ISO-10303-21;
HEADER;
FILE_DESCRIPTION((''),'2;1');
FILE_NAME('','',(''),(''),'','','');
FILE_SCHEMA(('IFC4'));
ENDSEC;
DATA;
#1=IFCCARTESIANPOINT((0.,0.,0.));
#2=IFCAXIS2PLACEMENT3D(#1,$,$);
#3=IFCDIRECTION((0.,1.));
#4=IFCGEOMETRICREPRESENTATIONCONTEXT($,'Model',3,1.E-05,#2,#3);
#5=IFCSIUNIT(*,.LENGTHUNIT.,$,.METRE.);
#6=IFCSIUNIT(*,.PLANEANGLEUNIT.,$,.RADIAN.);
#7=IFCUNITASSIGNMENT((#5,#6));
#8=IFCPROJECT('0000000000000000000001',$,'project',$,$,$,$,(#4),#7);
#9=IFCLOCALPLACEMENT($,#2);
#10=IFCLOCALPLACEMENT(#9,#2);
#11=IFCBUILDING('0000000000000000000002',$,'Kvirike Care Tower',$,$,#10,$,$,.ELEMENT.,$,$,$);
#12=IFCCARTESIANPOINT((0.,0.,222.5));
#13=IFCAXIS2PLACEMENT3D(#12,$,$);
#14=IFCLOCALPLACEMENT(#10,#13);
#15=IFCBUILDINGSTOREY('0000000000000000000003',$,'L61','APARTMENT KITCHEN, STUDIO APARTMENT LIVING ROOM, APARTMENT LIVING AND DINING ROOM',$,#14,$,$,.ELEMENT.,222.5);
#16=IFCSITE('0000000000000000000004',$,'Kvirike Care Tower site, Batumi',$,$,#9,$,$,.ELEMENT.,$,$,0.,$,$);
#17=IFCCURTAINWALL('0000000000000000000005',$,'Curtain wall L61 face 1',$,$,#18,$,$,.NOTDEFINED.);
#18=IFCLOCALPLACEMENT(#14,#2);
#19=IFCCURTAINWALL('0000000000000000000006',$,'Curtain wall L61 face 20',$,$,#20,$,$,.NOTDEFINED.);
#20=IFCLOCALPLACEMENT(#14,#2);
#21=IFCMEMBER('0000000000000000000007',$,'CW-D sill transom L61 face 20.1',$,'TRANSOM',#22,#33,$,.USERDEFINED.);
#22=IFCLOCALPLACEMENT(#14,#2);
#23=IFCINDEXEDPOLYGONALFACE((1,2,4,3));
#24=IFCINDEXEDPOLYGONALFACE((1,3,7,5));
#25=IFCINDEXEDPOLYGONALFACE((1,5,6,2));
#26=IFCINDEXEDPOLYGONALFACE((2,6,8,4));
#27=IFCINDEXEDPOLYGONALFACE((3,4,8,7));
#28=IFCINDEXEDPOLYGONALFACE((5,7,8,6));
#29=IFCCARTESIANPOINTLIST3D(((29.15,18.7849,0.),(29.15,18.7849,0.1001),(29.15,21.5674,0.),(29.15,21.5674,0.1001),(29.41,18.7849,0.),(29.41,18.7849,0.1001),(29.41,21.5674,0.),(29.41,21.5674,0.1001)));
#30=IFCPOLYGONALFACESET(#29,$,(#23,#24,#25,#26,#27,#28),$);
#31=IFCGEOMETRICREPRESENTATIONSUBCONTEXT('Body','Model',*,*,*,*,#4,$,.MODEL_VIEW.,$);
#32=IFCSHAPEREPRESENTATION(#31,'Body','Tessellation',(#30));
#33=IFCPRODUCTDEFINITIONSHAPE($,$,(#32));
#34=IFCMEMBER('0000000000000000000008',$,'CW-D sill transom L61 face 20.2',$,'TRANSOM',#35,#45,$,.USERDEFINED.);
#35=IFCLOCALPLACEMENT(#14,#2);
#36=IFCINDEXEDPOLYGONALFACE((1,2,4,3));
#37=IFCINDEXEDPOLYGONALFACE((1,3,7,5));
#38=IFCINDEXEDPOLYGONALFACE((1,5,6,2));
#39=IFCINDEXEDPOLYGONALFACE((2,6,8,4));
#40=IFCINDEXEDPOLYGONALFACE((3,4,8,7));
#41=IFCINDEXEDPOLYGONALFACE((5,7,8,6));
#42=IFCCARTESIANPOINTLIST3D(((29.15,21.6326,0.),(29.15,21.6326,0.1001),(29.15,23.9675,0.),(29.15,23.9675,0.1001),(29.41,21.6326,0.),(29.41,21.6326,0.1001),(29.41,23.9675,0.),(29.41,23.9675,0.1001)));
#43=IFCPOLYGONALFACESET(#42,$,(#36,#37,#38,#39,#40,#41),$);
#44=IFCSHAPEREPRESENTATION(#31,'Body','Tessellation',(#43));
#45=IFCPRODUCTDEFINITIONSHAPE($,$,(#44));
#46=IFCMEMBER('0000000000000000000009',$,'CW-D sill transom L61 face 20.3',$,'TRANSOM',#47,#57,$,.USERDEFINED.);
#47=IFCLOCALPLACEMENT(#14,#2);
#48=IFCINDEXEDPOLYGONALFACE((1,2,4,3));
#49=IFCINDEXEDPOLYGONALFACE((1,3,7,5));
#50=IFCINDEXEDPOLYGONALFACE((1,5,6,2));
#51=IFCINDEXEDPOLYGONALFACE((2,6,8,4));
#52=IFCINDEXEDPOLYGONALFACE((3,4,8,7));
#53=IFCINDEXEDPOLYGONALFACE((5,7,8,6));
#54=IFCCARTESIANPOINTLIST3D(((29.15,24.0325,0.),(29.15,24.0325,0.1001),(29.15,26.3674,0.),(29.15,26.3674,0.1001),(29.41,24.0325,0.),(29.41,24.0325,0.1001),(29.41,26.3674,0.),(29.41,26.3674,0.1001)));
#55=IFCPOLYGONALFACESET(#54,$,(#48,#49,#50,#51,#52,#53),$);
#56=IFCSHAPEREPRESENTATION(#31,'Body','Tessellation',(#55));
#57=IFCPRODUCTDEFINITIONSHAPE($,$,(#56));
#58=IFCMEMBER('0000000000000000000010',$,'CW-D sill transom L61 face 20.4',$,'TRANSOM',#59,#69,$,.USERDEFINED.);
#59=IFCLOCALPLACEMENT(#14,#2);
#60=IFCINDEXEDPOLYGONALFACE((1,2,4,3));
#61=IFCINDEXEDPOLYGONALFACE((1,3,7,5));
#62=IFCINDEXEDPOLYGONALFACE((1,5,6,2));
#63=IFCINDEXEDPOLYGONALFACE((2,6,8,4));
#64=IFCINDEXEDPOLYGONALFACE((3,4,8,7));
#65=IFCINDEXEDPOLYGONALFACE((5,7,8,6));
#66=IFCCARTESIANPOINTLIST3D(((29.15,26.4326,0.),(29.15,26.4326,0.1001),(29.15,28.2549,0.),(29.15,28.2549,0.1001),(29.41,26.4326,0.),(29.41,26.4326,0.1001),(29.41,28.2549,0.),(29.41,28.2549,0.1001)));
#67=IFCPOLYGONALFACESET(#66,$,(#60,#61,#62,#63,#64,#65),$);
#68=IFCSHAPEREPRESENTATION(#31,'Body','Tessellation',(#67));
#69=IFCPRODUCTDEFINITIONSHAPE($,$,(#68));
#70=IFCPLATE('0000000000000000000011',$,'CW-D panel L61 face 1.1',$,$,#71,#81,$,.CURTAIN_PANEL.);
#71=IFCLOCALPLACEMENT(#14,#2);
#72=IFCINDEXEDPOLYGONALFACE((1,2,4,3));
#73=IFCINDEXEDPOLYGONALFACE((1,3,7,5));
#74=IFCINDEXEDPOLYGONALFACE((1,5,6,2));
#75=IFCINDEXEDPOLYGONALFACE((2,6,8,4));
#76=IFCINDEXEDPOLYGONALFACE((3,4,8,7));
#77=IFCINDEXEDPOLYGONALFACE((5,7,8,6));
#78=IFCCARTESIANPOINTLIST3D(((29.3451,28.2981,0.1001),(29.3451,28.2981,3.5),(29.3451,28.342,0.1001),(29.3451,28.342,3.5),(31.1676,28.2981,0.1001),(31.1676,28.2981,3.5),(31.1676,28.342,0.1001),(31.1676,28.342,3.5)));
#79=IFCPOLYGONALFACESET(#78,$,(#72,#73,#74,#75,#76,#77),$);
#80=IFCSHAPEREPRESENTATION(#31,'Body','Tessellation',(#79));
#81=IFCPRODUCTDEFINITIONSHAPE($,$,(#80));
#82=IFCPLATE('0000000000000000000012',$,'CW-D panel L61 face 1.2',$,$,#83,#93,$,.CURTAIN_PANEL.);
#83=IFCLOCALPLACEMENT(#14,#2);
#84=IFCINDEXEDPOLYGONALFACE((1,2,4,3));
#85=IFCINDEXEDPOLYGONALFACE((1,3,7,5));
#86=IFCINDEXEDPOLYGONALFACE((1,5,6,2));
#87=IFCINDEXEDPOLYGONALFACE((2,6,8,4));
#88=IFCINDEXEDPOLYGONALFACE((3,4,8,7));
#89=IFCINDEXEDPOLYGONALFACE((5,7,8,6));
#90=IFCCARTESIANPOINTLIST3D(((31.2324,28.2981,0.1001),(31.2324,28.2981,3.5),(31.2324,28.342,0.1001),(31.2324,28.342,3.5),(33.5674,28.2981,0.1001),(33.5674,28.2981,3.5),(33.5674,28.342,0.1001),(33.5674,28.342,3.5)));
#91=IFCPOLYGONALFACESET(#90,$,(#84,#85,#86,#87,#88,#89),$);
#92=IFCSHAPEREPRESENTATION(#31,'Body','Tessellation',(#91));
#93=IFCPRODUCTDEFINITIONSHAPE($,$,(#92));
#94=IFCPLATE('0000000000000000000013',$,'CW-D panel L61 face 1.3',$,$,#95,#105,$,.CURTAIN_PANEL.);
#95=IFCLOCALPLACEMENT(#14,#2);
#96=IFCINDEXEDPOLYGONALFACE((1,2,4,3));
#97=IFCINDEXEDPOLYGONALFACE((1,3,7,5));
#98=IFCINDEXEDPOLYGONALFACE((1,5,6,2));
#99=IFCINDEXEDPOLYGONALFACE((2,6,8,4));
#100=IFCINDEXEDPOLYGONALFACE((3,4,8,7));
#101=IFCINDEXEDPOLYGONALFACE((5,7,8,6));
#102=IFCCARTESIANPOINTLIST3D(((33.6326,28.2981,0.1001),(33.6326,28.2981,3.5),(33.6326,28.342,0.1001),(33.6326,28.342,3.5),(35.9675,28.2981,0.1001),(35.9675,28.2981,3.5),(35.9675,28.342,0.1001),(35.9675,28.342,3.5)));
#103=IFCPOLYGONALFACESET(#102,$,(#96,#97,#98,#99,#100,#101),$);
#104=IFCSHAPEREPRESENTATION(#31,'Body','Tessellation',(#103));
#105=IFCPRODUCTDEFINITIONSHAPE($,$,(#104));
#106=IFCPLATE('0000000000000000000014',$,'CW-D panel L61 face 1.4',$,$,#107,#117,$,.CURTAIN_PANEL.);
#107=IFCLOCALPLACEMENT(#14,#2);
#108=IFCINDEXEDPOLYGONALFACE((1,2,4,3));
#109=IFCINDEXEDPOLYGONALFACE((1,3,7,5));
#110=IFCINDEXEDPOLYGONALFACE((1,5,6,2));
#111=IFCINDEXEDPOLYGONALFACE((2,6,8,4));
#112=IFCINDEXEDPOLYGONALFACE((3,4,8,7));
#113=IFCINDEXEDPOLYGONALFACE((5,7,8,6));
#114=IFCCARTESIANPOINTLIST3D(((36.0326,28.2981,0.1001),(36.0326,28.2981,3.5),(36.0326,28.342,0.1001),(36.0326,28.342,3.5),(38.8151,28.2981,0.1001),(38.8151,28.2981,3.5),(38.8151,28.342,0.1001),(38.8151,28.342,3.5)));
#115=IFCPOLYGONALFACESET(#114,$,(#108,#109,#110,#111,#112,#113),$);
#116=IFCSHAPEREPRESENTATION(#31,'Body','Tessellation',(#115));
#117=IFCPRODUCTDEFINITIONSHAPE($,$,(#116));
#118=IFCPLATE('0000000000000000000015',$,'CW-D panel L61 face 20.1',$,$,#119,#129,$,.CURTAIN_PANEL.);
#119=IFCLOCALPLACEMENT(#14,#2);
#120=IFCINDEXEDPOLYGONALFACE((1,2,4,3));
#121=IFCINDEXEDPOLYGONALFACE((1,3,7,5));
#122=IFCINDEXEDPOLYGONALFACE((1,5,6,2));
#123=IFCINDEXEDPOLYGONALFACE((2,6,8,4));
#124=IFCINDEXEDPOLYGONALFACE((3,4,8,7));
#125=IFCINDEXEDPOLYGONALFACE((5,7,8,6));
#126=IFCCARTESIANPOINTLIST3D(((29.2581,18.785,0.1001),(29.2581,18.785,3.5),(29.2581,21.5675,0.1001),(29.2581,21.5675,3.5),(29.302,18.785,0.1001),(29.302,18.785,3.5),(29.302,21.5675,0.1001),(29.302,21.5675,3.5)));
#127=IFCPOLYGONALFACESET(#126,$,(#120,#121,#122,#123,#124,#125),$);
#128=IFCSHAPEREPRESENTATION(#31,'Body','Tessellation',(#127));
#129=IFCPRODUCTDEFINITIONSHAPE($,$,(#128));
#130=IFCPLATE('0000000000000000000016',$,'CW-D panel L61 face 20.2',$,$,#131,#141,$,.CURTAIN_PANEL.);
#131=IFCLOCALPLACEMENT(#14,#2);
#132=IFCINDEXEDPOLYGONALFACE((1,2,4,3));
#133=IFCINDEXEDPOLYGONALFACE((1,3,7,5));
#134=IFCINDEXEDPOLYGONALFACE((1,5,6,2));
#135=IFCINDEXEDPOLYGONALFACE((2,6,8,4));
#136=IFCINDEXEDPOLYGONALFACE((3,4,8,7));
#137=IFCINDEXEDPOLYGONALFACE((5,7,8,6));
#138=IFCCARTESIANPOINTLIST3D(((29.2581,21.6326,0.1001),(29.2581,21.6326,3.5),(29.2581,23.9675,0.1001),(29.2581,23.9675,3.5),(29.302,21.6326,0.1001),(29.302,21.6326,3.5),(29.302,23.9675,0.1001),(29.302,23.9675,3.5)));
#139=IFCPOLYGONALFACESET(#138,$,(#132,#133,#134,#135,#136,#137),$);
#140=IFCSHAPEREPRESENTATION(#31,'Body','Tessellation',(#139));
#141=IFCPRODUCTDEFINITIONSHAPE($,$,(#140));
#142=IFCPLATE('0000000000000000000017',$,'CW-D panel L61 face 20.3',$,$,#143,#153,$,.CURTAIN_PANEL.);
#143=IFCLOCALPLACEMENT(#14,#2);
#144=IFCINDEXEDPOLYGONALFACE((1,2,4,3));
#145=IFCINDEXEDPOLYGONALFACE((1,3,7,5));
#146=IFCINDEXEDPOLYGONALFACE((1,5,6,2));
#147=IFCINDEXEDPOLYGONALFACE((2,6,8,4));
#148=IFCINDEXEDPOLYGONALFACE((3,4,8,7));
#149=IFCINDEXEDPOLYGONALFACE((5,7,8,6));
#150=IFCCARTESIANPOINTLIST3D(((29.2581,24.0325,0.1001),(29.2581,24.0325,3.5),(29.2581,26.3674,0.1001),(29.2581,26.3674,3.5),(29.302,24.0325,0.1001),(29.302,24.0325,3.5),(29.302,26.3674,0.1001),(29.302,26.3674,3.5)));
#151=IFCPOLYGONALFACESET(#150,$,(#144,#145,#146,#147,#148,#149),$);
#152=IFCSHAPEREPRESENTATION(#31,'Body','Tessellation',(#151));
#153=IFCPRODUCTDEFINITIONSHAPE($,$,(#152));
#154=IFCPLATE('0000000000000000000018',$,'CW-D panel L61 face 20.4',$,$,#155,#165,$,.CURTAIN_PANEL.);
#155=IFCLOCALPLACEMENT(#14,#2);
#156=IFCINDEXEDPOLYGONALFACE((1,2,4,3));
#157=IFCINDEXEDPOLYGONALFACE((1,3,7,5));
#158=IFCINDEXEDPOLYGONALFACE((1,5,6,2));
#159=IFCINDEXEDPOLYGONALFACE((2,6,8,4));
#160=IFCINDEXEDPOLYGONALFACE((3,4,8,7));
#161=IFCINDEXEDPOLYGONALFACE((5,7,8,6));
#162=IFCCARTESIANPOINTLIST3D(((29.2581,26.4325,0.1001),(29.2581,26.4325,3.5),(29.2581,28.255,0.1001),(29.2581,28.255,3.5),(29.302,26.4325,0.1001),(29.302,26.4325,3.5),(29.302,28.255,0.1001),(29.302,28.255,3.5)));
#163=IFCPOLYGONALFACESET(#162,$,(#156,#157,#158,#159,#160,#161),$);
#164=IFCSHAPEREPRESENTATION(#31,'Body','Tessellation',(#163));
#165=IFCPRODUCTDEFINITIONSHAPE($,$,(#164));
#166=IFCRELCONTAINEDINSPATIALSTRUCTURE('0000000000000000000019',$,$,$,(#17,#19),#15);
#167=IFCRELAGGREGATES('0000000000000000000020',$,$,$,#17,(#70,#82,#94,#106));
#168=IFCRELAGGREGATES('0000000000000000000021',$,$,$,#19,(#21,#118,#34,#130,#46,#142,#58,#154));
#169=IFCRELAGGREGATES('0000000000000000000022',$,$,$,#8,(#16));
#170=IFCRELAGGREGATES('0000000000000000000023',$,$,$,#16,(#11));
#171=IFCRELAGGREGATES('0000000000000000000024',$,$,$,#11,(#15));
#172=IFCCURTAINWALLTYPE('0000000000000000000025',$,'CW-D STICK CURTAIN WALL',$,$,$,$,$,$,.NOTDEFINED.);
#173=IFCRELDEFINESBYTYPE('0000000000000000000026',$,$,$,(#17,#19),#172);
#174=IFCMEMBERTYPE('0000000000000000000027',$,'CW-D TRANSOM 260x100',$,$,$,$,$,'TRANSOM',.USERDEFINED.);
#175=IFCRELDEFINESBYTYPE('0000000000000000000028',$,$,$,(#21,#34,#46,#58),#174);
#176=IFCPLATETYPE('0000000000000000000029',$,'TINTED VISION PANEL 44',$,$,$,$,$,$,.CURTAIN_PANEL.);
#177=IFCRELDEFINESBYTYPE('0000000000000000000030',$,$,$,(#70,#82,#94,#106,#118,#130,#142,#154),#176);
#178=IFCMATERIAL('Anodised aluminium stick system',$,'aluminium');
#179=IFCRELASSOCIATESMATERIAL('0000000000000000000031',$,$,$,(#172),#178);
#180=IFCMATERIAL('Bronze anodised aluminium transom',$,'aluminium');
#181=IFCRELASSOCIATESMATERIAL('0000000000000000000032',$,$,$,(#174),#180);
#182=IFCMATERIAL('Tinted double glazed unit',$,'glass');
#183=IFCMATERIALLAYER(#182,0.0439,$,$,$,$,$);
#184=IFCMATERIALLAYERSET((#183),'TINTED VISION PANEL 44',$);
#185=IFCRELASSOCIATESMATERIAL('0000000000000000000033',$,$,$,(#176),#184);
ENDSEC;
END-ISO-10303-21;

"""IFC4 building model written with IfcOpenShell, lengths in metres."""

from ifc_helpers import new_model, si_unit, direction, frame, origin, origin_2d, place, context, subcontext, project, spatial, rectangle, extrude, material, layer, layer_set, material_profile, profile_set, type_object, element, aggregate, save


model = new_model("IFC4")

# Units and contexts
model_context = context("Model", 3, precision=1e-05, world=origin(), true_north=direction((0.0, 1.0)))
body_context = subcontext(model_context, "Body", "Model", "MODEL_VIEW")
ifc_project = project(units=[si_unit("LENGTHUNIT", "METRE"), si_unit("PLANEANGLEUNIT", "RADIAN")], contexts=[model_context])

# Site, building, storey
site_placement = place(None, origin())
site = spatial("IfcSite", under=ifc_project, at=site_placement, Name="Kvirike Care Tower site, Batumi", CompositionType="ELEMENT", RefElevation=0.0)
building_placement = place(site_placement, origin())
building = spatial("IfcBuilding", under=site, at=building_placement, Name="Kvirike Care Tower", CompositionType="ELEMENT")
storey_placement = place(building_placement, frame((0.0, 0.0, 222.5)))
storey = spatial("IfcBuildingStorey", under=building, at=storey_placement, Name="L61", Description="APARTMENT KITCHEN, STUDIO APARTMENT LIVING ROOM, APARTMENT LIVING AND DINING ROOM", CompositionType="ELEMENT", Elevation=222.5)

# Curtain walls
ifc_material_1 = material(Name="Anodised aluminium stick system", Category="aluminium")
curtain_wall_type = type_object("IfcCurtainWallType", Name="CW-D STICK CURTAIN WALL", PredefinedType="NOTDEFINED", material=ifc_material_1)
curtain_wall_1_placement = place(storey_placement, origin())
curtain_wall_1 = element("IfcCurtainWall", 1, at=curtain_wall_1_placement, inside=storey, type_object=curtain_wall_type, Name="Curtain wall L61 face 1", PredefinedType="NOTDEFINED")
curtain_wall_2_placement = place(storey_placement, origin())
curtain_wall_2 = element("IfcCurtainWall", 2, at=curtain_wall_2_placement, inside=storey, type_object=curtain_wall_type, Name="Curtain wall L61 face 20", PredefinedType="NOTDEFINED")

# Members
ifc_material_2 = material(Name="Bronze anodised aluminium transom", Category="aluminium")
ifc_material_profile_1 = material_profile(ifc_material_2, rectangle(XDim=0.26, YDim=0.1001, at=origin_2d()), Name="CW-D TRANSOM 260x100")
ifc_profile_set_1 = profile_set([ifc_material_profile_1], Name="Bronze anodised aluminium transom")
member_type_1 = type_object("IfcMemberType", Name="CW-D TRANSOM 260x100", ElementType="TRANSOM", PredefinedType="USERDEFINED", material=ifc_profile_set_1)
member_1_placement = place(storey_placement, frame((29.28, 18.7849, 0.05), z_axis=(0.0, 1.0, 0.0), x_axis=(-1.0, 0.0, 0.0)))
member_1 = element("IfcMember", 3, at=member_1_placement, type_object=member_type_1, Name="CW-D sill transom L61 face 20.1", ObjectType="TRANSOM", PredefinedType="USERDEFINED", context=body_context, shape_type="SweptSolid", body=[
    extrude(rectangle(XDim=0.26, YDim=0.1001, at=origin_2d()), origin(), (0.0, 0.0, 1.0), 2.7825),
])
member_2_placement = place(storey_placement, frame((29.28, 21.6326, 0.05), z_axis=(0.0, 1.0, 0.0), x_axis=(-1.0, 0.0, 0.0)))
member_2 = element("IfcMember", 4, at=member_2_placement, type_object=member_type_1, Name="CW-D sill transom L61 face 20.2", ObjectType="TRANSOM", PredefinedType="USERDEFINED", context=body_context, shape_type="SweptSolid", body=[
    extrude(rectangle(XDim=0.26, YDim=0.1001, at=origin_2d()), origin(), (0.0, 0.0, 1.0), 2.335),
])
member_3_placement = place(storey_placement, frame((29.28, 24.0325, 0.05), z_axis=(0.0, 1.0, 0.0), x_axis=(-1.0, 0.0, 0.0)))
member_3 = element("IfcMember", 5, at=member_3_placement, type_object=member_type_1, Name="CW-D sill transom L61 face 20.3", ObjectType="TRANSOM", PredefinedType="USERDEFINED", context=body_context, shape_type="SweptSolid", body=[
    extrude(rectangle(XDim=0.26, YDim=0.1001, at=origin_2d()), origin(), (0.0, 0.0, 1.0), 2.335),
])
member_4_placement = place(storey_placement, frame((29.28, 26.4326, 0.05), z_axis=(0.0, 1.0, 0.0), x_axis=(-1.0, 0.0, 0.0)))
member_4 = element("IfcMember", 6, at=member_4_placement, type_object=member_type_1, Name="CW-D sill transom L61 face 20.4", ObjectType="TRANSOM", PredefinedType="USERDEFINED", context=body_context, shape_type="SweptSolid", body=[
    extrude(rectangle(XDim=0.26, YDim=0.1001, at=origin_2d()), origin(), (0.0, 0.0, 1.0), 1.8223),
])

# Plates
ifc_material_3 = material(Name="Tinted double glazed unit", Category="glass")
ifc_layer = layer(ifc_material_3, 0.0439)
ifc_layer_set = layer_set([ifc_layer], Name="TINTED VISION PANEL 44")
plate_type = type_object("IfcPlateType", Name="TINTED VISION PANEL 44", PredefinedType="CURTAIN_PANEL", material=ifc_layer_set)
plate_1_placement = place(storey_placement, frame((30.2563, 28.3201, 0.1001), z_axis=(0.0, 0.0, 1.0), x_axis=(1.0, 0.0, 0.0)))
plate_1 = element("IfcPlate", 7, at=plate_1_placement, type_object=plate_type, Name="CW-D panel L61 face 1.1", PredefinedType="CURTAIN_PANEL", context=body_context, shape_type="SweptSolid", body=[
    extrude(rectangle(XDim=1.8225, YDim=0.0439, at=origin_2d()), origin(), (0.0, 0.0, 1.0), 3.3999),
])
plate_2_placement = place(storey_placement, frame((32.3999, 28.3201, 0.1001), z_axis=(0.0, 0.0, 1.0), x_axis=(1.0, 0.0, 0.0)))
plate_2 = element("IfcPlate", 8, at=plate_2_placement, type_object=plate_type, Name="CW-D panel L61 face 1.2", PredefinedType="CURTAIN_PANEL", context=body_context, shape_type="SweptSolid", body=[
    extrude(rectangle(XDim=2.335, YDim=0.0439, at=origin_2d()), origin(), (0.0, 0.0, 1.0), 3.3999),
])
plate_3_placement = place(storey_placement, frame((34.8, 28.3201, 0.1001), z_axis=(0.0, 0.0, 1.0), x_axis=(1.0, 0.0, 0.0)))
plate_3 = element("IfcPlate", 9, at=plate_3_placement, type_object=plate_type, Name="CW-D panel L61 face 1.3", PredefinedType="CURTAIN_PANEL", context=body_context, shape_type="SweptSolid", body=[
    extrude(rectangle(XDim=2.335, YDim=0.0439, at=origin_2d()), origin(), (0.0, 0.0, 1.0), 3.3999),
])
plate_4_placement = place(storey_placement, frame((37.4238, 28.3201, 0.1001), z_axis=(0.0, 0.0, 1.0), x_axis=(1.0, 0.0, 0.0)))
plate_4 = element("IfcPlate", 10, at=plate_4_placement, type_object=plate_type, Name="CW-D panel L61 face 1.4", PredefinedType="CURTAIN_PANEL", context=body_context, shape_type="SweptSolid", body=[
    extrude(rectangle(XDim=2.7825, YDim=0.0439, at=origin_2d()), origin(), (0.0, 0.0, 1.0), 3.3999),
])
aggregate(curtain_wall_1, [plate_1, plate_2, plate_3, plate_4])
plate_5_placement = place(storey_placement, frame((29.28, 20.1763, 0.1001), z_axis=(0.0, 0.0, 1.0), x_axis=(0.0, 1.0, 0.0)))
plate_5 = element("IfcPlate", 11, at=plate_5_placement, type_object=plate_type, Name="CW-D panel L61 face 20.1", PredefinedType="CURTAIN_PANEL", context=body_context, shape_type="SweptSolid", body=[
    extrude(rectangle(XDim=2.7825, YDim=0.0439, at=origin_2d()), origin(), (0.0, 0.0, 1.0), 3.3999),
])
plate_6_placement = place(storey_placement, frame((29.28, 22.8, 0.1001), z_axis=(0.0, 0.0, 1.0), x_axis=(0.0, 1.0, 0.0)))
plate_6 = element("IfcPlate", 12, at=plate_6_placement, type_object=plate_type, Name="CW-D panel L61 face 20.2", PredefinedType="CURTAIN_PANEL", context=body_context, shape_type="SweptSolid", body=[
    extrude(rectangle(XDim=2.335, YDim=0.0439, at=origin_2d()), origin(), (0.0, 0.0, 1.0), 3.3999),
])
plate_7_placement = place(storey_placement, frame((29.28, 25.2, 0.1001), z_axis=(0.0, 0.0, 1.0), x_axis=(0.0, 1.0, 0.0)))
plate_7 = element("IfcPlate", 13, at=plate_7_placement, type_object=plate_type, Name="CW-D panel L61 face 20.3", PredefinedType="CURTAIN_PANEL", context=body_context, shape_type="SweptSolid", body=[
    extrude(rectangle(XDim=2.335, YDim=0.0439, at=origin_2d()), origin(), (0.0, 0.0, 1.0), 3.3999),
])
plate_8_placement = place(storey_placement, frame((29.28, 27.3438, 0.1001), z_axis=(0.0, 0.0, 1.0), x_axis=(0.0, 1.0, 0.0)))
plate_8 = element("IfcPlate", 14, at=plate_8_placement, type_object=plate_type, Name="CW-D panel L61 face 20.4", PredefinedType="CURTAIN_PANEL", context=body_context, shape_type="SweptSolid", body=[
    extrude(rectangle(XDim=1.8225, YDim=0.0439, at=origin_2d()), origin(), (0.0, 0.0, 1.0), 3.3999),
])
aggregate(curtain_wall_2, [member_1, plate_5, member_2, plate_6, member_3, plate_7, member_4, plate_8])

save(model, "model.ifc")
